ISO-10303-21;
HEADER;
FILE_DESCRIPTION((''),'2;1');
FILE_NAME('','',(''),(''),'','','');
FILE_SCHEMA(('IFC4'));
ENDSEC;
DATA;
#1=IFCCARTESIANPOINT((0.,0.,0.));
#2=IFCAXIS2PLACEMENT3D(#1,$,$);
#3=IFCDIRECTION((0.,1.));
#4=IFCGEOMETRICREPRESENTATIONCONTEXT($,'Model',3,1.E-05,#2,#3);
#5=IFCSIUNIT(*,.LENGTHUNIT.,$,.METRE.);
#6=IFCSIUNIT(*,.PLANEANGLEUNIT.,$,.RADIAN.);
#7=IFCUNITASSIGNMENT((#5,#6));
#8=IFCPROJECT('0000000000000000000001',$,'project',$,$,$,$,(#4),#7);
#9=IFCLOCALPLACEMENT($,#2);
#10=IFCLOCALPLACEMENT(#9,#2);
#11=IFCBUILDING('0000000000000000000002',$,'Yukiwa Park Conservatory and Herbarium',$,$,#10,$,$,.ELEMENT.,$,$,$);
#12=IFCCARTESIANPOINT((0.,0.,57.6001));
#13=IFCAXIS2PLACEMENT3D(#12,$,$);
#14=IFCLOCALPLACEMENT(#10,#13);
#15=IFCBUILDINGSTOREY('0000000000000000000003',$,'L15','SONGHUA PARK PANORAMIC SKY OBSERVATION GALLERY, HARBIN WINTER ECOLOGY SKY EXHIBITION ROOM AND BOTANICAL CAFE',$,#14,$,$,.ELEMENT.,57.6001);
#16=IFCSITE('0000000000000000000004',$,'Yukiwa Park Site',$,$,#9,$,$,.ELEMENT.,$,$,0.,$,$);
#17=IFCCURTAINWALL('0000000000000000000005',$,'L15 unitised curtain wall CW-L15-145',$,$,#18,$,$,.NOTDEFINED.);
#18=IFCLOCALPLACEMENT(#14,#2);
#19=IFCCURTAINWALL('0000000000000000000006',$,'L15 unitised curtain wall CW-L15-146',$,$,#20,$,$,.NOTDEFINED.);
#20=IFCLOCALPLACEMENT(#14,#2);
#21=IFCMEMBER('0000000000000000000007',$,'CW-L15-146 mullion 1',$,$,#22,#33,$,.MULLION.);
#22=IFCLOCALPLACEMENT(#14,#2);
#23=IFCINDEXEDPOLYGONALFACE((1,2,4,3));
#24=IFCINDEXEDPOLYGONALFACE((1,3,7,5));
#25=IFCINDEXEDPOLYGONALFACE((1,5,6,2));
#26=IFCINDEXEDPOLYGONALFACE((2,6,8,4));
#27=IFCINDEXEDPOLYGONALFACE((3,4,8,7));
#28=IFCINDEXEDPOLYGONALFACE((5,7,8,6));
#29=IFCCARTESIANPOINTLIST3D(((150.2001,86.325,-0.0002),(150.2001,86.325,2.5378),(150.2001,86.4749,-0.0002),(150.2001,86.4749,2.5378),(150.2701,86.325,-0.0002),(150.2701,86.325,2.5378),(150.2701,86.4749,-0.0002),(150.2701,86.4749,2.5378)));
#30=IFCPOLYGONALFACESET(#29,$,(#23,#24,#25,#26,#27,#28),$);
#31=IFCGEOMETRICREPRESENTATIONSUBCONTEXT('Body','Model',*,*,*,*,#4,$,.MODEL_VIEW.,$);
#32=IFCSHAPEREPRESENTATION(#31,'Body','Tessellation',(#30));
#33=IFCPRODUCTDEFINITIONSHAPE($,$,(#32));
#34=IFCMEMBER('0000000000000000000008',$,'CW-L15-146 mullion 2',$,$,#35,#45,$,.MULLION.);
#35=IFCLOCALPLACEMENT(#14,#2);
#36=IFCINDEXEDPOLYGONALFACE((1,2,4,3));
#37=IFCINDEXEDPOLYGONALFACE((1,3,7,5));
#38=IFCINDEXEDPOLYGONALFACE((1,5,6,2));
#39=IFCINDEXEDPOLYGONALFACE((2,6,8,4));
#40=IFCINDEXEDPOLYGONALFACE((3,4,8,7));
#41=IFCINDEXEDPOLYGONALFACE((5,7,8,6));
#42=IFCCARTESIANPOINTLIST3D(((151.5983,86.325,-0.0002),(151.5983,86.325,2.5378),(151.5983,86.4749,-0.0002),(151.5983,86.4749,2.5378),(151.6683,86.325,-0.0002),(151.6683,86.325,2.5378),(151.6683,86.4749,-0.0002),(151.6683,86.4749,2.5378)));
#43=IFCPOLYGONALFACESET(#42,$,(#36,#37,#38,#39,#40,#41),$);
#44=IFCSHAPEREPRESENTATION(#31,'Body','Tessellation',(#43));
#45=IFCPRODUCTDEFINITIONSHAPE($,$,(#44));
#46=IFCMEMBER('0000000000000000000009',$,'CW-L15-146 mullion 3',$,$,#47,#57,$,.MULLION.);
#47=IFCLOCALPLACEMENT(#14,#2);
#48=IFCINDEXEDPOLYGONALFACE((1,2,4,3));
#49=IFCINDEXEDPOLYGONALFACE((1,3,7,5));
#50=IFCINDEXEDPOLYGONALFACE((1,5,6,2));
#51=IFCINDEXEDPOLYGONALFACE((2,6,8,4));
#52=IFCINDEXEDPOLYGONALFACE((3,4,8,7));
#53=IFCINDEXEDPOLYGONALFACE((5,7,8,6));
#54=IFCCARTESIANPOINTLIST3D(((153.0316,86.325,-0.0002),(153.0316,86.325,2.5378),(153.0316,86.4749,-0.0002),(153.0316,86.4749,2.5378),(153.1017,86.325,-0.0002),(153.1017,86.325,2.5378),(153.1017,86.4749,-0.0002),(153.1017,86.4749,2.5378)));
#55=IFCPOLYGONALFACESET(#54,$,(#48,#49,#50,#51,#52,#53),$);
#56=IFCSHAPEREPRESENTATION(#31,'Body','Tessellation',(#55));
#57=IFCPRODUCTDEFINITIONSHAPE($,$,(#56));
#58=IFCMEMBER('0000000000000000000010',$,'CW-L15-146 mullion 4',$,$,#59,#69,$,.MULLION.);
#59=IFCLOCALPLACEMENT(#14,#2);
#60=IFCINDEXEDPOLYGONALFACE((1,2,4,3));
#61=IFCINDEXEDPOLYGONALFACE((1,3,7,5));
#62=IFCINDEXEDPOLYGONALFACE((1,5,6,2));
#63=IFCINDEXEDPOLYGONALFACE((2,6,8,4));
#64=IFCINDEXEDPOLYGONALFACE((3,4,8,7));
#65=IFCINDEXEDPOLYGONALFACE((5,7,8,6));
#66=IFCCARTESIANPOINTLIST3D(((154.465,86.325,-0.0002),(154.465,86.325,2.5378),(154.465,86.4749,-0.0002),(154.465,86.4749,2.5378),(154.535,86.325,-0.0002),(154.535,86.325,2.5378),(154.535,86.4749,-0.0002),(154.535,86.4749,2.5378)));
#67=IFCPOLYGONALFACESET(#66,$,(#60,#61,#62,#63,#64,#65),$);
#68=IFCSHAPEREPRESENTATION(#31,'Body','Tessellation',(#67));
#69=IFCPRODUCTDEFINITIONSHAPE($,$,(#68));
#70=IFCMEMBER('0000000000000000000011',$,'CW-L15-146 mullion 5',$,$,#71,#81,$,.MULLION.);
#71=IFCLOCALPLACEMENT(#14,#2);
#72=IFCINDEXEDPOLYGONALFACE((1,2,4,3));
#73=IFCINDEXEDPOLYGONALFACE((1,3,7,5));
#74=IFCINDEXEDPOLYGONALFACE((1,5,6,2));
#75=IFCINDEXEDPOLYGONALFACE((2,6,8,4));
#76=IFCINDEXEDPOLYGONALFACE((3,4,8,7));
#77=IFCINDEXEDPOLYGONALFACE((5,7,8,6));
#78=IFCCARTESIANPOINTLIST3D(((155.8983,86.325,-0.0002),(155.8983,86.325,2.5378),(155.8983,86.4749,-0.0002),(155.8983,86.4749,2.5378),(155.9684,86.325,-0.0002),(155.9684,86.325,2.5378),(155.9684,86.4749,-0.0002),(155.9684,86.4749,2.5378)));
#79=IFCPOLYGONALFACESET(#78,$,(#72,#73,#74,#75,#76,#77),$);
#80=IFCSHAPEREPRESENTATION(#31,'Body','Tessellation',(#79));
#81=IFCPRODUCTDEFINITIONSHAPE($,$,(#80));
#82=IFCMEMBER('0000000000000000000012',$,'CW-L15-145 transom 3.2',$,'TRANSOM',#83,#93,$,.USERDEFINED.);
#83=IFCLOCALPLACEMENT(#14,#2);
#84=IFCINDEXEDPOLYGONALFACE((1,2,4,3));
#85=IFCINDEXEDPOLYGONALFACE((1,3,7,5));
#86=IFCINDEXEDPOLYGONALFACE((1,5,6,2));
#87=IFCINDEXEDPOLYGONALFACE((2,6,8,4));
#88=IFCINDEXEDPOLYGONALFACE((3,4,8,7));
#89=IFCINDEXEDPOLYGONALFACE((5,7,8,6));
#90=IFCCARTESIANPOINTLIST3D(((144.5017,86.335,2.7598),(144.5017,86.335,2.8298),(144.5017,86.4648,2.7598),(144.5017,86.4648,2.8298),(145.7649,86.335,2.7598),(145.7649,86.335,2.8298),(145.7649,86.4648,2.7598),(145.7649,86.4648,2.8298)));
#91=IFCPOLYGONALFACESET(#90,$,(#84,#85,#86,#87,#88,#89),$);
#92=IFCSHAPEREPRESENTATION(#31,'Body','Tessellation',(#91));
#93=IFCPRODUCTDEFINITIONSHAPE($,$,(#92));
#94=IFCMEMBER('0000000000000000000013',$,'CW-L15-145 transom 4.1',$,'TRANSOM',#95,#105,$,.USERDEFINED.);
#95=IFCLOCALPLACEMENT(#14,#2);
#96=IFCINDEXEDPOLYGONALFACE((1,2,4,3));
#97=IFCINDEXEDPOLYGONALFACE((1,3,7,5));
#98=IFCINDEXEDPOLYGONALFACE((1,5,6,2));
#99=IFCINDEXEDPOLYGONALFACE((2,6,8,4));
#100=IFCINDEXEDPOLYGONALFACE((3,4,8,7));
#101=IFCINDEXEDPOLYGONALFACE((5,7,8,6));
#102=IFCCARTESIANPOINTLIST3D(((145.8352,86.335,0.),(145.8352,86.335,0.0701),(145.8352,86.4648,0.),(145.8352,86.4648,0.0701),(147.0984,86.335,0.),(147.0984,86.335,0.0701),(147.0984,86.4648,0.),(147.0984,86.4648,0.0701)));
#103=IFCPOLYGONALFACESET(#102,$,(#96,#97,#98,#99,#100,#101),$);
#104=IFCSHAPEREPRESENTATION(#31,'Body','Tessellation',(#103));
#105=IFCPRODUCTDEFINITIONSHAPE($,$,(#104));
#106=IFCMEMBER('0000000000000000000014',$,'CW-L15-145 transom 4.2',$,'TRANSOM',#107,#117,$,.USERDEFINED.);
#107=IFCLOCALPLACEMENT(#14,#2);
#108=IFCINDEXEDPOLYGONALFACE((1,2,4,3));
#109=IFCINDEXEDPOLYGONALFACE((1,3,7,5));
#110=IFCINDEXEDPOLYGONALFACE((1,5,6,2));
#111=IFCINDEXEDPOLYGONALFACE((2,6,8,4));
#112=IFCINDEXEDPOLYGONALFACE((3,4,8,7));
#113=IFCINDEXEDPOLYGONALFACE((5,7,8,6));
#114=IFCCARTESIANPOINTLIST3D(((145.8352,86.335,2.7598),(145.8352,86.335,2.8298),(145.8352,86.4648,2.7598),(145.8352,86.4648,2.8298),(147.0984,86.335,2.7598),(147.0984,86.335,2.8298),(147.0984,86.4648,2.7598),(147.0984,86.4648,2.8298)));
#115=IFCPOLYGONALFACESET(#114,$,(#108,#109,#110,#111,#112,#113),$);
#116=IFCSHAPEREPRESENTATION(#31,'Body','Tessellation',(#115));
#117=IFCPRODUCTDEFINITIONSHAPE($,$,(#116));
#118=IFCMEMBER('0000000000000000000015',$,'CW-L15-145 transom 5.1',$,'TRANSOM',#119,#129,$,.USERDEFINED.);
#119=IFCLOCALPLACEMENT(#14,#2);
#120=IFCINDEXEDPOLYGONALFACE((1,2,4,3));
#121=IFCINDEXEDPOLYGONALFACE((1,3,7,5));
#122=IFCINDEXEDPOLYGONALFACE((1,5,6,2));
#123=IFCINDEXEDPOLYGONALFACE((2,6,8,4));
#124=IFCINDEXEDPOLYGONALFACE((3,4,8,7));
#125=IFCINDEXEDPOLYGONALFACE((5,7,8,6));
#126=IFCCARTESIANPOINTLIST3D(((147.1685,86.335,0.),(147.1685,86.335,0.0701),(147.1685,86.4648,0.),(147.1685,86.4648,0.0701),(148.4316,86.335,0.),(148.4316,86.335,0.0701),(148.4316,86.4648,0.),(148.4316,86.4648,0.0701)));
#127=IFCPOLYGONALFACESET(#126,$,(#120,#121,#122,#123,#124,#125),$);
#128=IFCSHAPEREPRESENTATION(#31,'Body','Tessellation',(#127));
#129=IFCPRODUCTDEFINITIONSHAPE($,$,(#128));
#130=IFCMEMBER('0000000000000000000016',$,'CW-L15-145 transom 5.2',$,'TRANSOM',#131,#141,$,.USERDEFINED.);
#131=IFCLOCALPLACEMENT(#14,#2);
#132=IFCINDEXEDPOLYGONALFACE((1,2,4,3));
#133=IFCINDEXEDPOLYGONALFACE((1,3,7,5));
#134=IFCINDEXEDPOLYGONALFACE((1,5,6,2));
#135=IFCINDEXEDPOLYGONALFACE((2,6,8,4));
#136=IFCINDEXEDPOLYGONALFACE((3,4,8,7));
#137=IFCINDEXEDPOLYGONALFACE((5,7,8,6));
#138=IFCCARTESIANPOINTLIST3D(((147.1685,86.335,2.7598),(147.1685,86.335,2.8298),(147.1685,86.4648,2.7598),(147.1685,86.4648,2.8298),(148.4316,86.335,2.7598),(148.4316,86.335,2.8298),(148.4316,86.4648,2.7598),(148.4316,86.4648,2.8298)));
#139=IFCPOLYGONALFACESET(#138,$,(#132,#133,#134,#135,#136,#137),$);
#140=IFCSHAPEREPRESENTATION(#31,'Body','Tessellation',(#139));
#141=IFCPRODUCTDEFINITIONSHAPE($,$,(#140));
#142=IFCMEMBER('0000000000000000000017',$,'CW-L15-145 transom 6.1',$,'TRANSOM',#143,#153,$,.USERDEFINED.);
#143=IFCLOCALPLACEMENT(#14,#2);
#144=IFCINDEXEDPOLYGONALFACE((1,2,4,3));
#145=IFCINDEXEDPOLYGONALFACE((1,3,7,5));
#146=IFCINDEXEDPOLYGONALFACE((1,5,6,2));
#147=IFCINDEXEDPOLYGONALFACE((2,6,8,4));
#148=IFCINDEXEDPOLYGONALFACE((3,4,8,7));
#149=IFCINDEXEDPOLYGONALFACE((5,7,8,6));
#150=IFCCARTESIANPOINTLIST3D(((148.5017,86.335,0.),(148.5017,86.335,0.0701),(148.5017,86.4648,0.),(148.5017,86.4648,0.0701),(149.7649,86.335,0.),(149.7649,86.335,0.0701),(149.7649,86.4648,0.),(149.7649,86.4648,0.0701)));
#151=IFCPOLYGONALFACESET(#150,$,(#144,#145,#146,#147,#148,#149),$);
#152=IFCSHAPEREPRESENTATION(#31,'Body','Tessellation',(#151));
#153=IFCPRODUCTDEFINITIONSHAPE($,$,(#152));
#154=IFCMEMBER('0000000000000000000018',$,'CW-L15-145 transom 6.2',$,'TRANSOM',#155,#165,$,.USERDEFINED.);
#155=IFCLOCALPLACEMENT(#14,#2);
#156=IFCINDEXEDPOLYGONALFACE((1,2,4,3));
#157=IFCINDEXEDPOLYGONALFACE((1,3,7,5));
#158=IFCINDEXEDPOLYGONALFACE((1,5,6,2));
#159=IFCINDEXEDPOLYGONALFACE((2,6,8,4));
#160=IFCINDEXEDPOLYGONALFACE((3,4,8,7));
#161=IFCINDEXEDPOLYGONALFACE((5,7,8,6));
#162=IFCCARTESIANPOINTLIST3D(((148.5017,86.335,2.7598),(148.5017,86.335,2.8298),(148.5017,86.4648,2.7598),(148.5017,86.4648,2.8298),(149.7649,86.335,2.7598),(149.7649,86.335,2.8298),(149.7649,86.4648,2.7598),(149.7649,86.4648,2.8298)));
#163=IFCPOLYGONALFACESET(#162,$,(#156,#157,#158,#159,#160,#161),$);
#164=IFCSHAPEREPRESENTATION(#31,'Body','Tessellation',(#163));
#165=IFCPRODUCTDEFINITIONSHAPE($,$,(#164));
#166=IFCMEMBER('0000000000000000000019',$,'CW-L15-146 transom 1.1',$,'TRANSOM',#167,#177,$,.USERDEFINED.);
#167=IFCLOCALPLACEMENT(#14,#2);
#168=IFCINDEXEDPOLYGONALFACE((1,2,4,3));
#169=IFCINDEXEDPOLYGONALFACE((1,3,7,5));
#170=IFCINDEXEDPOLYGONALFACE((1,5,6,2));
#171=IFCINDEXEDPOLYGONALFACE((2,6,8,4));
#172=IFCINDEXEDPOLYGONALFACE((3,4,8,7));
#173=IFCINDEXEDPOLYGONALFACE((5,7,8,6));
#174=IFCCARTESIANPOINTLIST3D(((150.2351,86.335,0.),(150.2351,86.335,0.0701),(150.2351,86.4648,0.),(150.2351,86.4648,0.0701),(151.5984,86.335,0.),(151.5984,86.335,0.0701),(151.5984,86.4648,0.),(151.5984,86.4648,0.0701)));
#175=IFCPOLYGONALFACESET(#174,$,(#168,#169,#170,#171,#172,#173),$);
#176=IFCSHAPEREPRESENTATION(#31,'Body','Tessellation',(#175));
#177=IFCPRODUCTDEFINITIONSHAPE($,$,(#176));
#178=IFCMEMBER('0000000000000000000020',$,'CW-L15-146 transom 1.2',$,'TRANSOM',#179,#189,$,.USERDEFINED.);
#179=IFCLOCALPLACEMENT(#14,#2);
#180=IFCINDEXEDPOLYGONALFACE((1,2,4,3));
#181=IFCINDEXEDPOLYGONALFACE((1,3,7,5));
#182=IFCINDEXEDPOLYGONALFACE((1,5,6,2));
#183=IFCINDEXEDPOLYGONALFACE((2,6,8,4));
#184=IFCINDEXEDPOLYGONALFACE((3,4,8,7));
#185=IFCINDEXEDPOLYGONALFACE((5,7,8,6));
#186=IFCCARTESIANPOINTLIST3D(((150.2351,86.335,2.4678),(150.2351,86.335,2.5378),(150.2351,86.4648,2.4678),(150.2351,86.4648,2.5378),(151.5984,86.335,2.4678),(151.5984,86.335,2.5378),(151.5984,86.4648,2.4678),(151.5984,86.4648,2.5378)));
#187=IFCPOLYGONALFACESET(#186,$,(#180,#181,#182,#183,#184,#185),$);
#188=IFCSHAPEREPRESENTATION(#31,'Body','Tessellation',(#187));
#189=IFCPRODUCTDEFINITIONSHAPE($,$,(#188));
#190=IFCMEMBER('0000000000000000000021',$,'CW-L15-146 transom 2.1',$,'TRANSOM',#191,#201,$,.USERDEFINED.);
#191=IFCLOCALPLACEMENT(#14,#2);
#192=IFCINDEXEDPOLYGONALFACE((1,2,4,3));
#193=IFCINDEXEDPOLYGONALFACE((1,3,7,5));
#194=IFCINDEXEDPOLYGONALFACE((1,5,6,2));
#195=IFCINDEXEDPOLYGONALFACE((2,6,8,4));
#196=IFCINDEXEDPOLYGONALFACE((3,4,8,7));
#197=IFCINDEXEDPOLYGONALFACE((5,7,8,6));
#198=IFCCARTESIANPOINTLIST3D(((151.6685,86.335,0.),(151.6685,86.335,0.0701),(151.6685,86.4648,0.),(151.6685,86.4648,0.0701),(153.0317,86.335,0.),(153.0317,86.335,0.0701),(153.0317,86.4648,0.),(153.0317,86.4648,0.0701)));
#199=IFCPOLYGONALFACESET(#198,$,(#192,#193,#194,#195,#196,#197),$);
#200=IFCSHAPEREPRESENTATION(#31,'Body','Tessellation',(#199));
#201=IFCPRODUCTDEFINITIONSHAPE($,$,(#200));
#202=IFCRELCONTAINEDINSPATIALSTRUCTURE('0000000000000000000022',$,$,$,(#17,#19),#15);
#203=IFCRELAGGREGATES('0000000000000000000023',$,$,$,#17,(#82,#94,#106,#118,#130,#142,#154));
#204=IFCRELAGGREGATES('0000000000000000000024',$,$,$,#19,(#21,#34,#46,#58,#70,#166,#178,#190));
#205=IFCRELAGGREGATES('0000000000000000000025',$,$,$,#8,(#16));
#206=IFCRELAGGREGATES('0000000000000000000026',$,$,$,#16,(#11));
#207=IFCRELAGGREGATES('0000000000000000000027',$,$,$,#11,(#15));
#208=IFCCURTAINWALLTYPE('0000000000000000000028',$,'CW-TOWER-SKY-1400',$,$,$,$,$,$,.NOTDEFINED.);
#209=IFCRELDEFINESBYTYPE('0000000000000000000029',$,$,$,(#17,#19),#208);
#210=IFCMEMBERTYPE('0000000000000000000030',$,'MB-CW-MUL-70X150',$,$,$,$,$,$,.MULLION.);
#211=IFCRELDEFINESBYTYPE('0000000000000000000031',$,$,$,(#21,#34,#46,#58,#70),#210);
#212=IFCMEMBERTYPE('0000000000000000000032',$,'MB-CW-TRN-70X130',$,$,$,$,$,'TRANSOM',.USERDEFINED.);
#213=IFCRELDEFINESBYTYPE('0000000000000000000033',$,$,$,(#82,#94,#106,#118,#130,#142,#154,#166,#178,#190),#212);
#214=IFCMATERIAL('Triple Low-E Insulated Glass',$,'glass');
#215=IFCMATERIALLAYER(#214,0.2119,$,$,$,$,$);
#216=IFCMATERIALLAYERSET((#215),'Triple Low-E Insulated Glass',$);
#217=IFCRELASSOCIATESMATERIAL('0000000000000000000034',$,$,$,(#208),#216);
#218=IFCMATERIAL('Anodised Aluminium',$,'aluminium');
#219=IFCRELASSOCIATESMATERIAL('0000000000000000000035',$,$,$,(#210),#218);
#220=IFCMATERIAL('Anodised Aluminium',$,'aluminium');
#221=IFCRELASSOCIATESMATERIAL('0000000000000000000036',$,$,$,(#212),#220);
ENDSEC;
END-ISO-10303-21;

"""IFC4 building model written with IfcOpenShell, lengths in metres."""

from ifc_helpers import new_model, si_unit, direction, frame, origin, origin_2d, place, context, subcontext, project, spatial, rectangle, extrude, material, layer, layer_set, type_object, element, aggregate, save


model = new_model("IFC4")

# Units and contexts
model_context = context("Model", 3, precision=1e-05, world=origin(), true_north=direction((0.0, 1.0)))
body_context = subcontext(model_context, "Body", "Model", "MODEL_VIEW")
ifc_project = project(units=[si_unit("LENGTHUNIT", "METRE"), si_unit("PLANEANGLEUNIT", "RADIAN")], contexts=[model_context])

# Site, building, storey
site_placement = place(None, origin())
site = spatial("IfcSite", under=ifc_project, at=site_placement, Name="Yukiwa Park Site", CompositionType="ELEMENT", RefElevation=0.0)
building_placement = place(site_placement, origin())
building = spatial("IfcBuilding", under=site, at=building_placement, Name="Yukiwa Park Conservatory and Herbarium", CompositionType="ELEMENT")
storey_placement = place(building_placement, frame((0.0, 0.0, 57.6001)))
storey = spatial("IfcBuildingStorey", under=building, at=storey_placement, Name="L15", Description="SONGHUA PARK PANORAMIC SKY OBSERVATION GALLERY, HARBIN WINTER ECOLOGY SKY EXHIBITION ROOM AND BOTANICAL CAFE", CompositionType="ELEMENT", Elevation=57.6001)

# Curtain walls, members
ifc_material_1 = material(Name="Triple Low-E Insulated Glass", Category="glass")
ifc_layer_1 = layer(ifc_material_1, 0.2119)
ifc_layer_set_1 = layer_set([ifc_layer_1], Name="Triple Low-E Insulated Glass")
curtain_wall_type = type_object("IfcCurtainWallType", Name="CW-TOWER-SKY-1400", PredefinedType="NOTDEFINED", material=ifc_layer_set_1)
curtain_wall_1_placement = place(storey_placement, origin())
curtain_wall_1 = element("IfcCurtainWall", 1, at=curtain_wall_1_placement, inside=storey, type_object=curtain_wall_type, Name="L15 unitised curtain wall CW-L15-145", PredefinedType="NOTDEFINED")
ifc_material_2 = material(Name="Anodised Aluminium", Category="aluminium")
member_type_1 = type_object("IfcMemberType", Name="MB-CW-MUL-70X150", PredefinedType="MULLION", material=ifc_material_2)
curtain_wall_2_placement = place(storey_placement, origin())
curtain_wall_2 = element("IfcCurtainWall", 2, at=curtain_wall_2_placement, inside=storey, type_object=curtain_wall_type, Name="L15 unitised curtain wall CW-L15-146", PredefinedType="NOTDEFINED")
member_1_placement = place(storey_placement, frame((150.2351, 86.3999, -0.0002), z_axis=(0.0, 0.0, 1.0), x_axis=(1.0, 0.0, 0.0)))
member_1 = element("IfcMember", 3, at=member_1_placement, type_object=member_type_1, Name="CW-L15-146 mullion 1", PredefinedType="MULLION", context=body_context, shape_type="SweptSolid", body=[
    extrude(rectangle(XDim=0.0701, YDim=0.1499, at=origin_2d()), origin(), (0.0, 0.0, 1.0), 2.5381),
])
member_2_placement = place(storey_placement, frame((151.6333, 86.3999, -0.0002), z_axis=(0.0, 0.0, 1.0), x_axis=(1.0, 0.0, 0.0)))
member_2 = element("IfcMember", 4, at=member_2_placement, type_object=member_type_1, Name="CW-L15-146 mullion 2", PredefinedType="MULLION", context=body_context, shape_type="SweptSolid", body=[
    extrude(rectangle(XDim=0.0701, YDim=0.1499, at=origin_2d()), origin(), (0.0, 0.0, 1.0), 2.5381),
])
member_3_placement = place(storey_placement, frame((153.0667, 86.3999, -0.0002), z_axis=(0.0, 0.0, 1.0), x_axis=(1.0, 0.0, 0.0)))
member_3 = element("IfcMember", 5, at=member_3_placement, type_object=member_type_1, Name="CW-L15-146 mullion 3", PredefinedType="MULLION", context=body_context, shape_type="SweptSolid", body=[
    extrude(rectangle(XDim=0.0701, YDim=0.1499, at=origin_2d()), origin(), (0.0, 0.0, 1.0), 2.5381),
])
member_4_placement = place(storey_placement, frame((154.5, 86.3999, -0.0002), z_axis=(0.0, 0.0, 1.0), x_axis=(1.0, 0.0, 0.0)))
member_4 = element("IfcMember", 6, at=member_4_placement, type_object=member_type_1, Name="CW-L15-146 mullion 4", PredefinedType="MULLION", context=body_context, shape_type="SweptSolid", body=[
    extrude(rectangle(XDim=0.0701, YDim=0.1499, at=origin_2d()), origin(), (0.0, 0.0, 1.0), 2.5381),
])
member_5_placement = place(storey_placement, frame((155.9333, 86.3999, -0.0002), z_axis=(0.0, 0.0, 1.0), x_axis=(1.0, 0.0, 0.0)))
member_5 = element("IfcMember", 7, at=member_5_placement, type_object=member_type_1, Name="CW-L15-146 mullion 5", PredefinedType="MULLION", context=body_context, shape_type="SweptSolid", body=[
    extrude(rectangle(XDim=0.0701, YDim=0.1499, at=origin_2d()), origin(), (0.0, 0.0, 1.0), 2.5381),
])

# Members
ifc_material_3 = material(Name="Anodised Aluminium", Category="aluminium")
member_type_2 = type_object("IfcMemberType", Name="MB-CW-TRN-70X130", ElementType="TRANSOM", PredefinedType="USERDEFINED", material=ifc_material_3)
member_6_placement = place(storey_placement, frame((145.1333, 86.3999, 2.7598), z_axis=(0.0, 0.0, 1.0), x_axis=(1.0, 0.0, 0.0)))
member_6 = element("IfcMember", 8, at=member_6_placement, type_object=member_type_2, Name="CW-L15-145 transom 3.2", ObjectType="TRANSOM", PredefinedType="USERDEFINED", context=body_context, shape_type="SweptSolid", body=[
    extrude(rectangle(XDim=1.2632, YDim=0.1299, at=origin_2d()), origin(), (0.0, 0.0, 1.0), 0.0701),
])
member_7_placement = place(storey_placement, frame((146.4668, 86.3999, 0.0), z_axis=(0.0, 0.0, 1.0), x_axis=(1.0, 0.0, 0.0)))
member_7 = element("IfcMember", 9, at=member_7_placement, type_object=member_type_2, Name="CW-L15-145 transom 4.1", ObjectType="TRANSOM", PredefinedType="USERDEFINED", context=body_context, shape_type="SweptSolid", body=[
    extrude(rectangle(XDim=1.2632, YDim=0.1299, at=origin_2d()), origin(), (0.0, 0.0, 1.0), 0.0701),
])
member_8_placement = place(storey_placement, frame((146.4668, 86.3999, 2.7598), z_axis=(0.0, 0.0, 1.0), x_axis=(1.0, 0.0, 0.0)))
member_8 = element("IfcMember", 10, at=member_8_placement, type_object=member_type_2, Name="CW-L15-145 transom 4.2", ObjectType="TRANSOM", PredefinedType="USERDEFINED", context=body_context, shape_type="SweptSolid", body=[
    extrude(rectangle(XDim=1.2632, YDim=0.1299, at=origin_2d()), origin(), (0.0, 0.0, 1.0), 0.0701),
])
member_9_placement = place(storey_placement, frame((147.8, 86.3999, 0.0), z_axis=(0.0, 0.0, 1.0), x_axis=(1.0, 0.0, 0.0)))
member_9 = element("IfcMember", 11, at=member_9_placement, type_object=member_type_2, Name="CW-L15-145 transom 5.1", ObjectType="TRANSOM", PredefinedType="USERDEFINED", context=body_context, shape_type="SweptSolid", body=[
    extrude(rectangle(XDim=1.2632, YDim=0.1299, at=origin_2d()), origin(), (0.0, 0.0, 1.0), 0.0701),
])
member_10_placement = place(storey_placement, frame((147.8, 86.3999, 2.7598), z_axis=(0.0, 0.0, 1.0), x_axis=(1.0, 0.0, 0.0)))
member_10 = element("IfcMember", 12, at=member_10_placement, type_object=member_type_2, Name="CW-L15-145 transom 5.2", ObjectType="TRANSOM", PredefinedType="USERDEFINED", context=body_context, shape_type="SweptSolid", body=[
    extrude(rectangle(XDim=1.2632, YDim=0.1299, at=origin_2d()), origin(), (0.0, 0.0, 1.0), 0.0701),
])
member_11_placement = place(storey_placement, frame((149.1333, 86.3999, 0.0), z_axis=(0.0, 0.0, 1.0), x_axis=(1.0, 0.0, 0.0)))
member_11 = element("IfcMember", 13, at=member_11_placement, type_object=member_type_2, Name="CW-L15-145 transom 6.1", ObjectType="TRANSOM", PredefinedType="USERDEFINED", context=body_context, shape_type="SweptSolid", body=[
    extrude(rectangle(XDim=1.2632, YDim=0.1299, at=origin_2d()), origin(), (0.0, 0.0, 1.0), 0.0701),
])
member_12_placement = place(storey_placement, frame((149.1333, 86.3999, 2.7598), z_axis=(0.0, 0.0, 1.0), x_axis=(1.0, 0.0, 0.0)))
member_12 = element("IfcMember", 14, at=member_12_placement, type_object=member_type_2, Name="CW-L15-145 transom 6.2", ObjectType="TRANSOM", PredefinedType="USERDEFINED", context=body_context, shape_type="SweptSolid", body=[
    extrude(rectangle(XDim=1.2632, YDim=0.1299, at=origin_2d()), origin(), (0.0, 0.0, 1.0), 0.0701),
])
member_13_placement = place(storey_placement, frame((150.9167, 86.3999, 0.0), z_axis=(0.0, 0.0, 1.0), x_axis=(1.0, 0.0, 0.0)))
member_13 = element("IfcMember", 15, at=member_13_placement, type_object=member_type_2, Name="CW-L15-146 transom 1.1", ObjectType="TRANSOM", PredefinedType="USERDEFINED", context=body_context, shape_type="SweptSolid", body=[
    extrude(rectangle(XDim=1.3633, YDim=0.1299, at=origin_2d()), origin(), (0.0, 0.0, 1.0), 0.0701),
])
member_14_placement = place(storey_placement, frame((150.9167, 86.3999, 2.4678), z_axis=(0.0, 0.0, 1.0), x_axis=(1.0, 0.0, 0.0)))
member_14 = element("IfcMember", 16, at=member_14_placement, type_object=member_type_2, Name="CW-L15-146 transom 1.2", ObjectType="TRANSOM", PredefinedType="USERDEFINED", context=body_context, shape_type="SweptSolid", body=[
    extrude(rectangle(XDim=1.3633, YDim=0.1299, at=origin_2d()), origin(), (0.0, 0.0, 1.0), 0.0701),
])
member_15_placement = place(storey_placement, frame((152.3501, 86.3999, 0.0), z_axis=(0.0, 0.0, 1.0), x_axis=(1.0, 0.0, 0.0)))
member_15 = element("IfcMember", 17, at=member_15_placement, type_object=member_type_2, Name="CW-L15-146 transom 2.1", ObjectType="TRANSOM", PredefinedType="USERDEFINED", context=body_context, shape_type="SweptSolid", body=[
    extrude(rectangle(XDim=1.3633, YDim=0.1299, at=origin_2d()), origin(), (0.0, 0.0, 1.0), 0.0701),
])

aggregate(curtain_wall_1, [member_6, member_7, member_8, member_9, member_10, member_11, member_12])
aggregate(curtain_wall_2, [member_1, member_2, member_3, member_4, member_5, member_13, member_14, member_15])

save(model, "model.ifc")
